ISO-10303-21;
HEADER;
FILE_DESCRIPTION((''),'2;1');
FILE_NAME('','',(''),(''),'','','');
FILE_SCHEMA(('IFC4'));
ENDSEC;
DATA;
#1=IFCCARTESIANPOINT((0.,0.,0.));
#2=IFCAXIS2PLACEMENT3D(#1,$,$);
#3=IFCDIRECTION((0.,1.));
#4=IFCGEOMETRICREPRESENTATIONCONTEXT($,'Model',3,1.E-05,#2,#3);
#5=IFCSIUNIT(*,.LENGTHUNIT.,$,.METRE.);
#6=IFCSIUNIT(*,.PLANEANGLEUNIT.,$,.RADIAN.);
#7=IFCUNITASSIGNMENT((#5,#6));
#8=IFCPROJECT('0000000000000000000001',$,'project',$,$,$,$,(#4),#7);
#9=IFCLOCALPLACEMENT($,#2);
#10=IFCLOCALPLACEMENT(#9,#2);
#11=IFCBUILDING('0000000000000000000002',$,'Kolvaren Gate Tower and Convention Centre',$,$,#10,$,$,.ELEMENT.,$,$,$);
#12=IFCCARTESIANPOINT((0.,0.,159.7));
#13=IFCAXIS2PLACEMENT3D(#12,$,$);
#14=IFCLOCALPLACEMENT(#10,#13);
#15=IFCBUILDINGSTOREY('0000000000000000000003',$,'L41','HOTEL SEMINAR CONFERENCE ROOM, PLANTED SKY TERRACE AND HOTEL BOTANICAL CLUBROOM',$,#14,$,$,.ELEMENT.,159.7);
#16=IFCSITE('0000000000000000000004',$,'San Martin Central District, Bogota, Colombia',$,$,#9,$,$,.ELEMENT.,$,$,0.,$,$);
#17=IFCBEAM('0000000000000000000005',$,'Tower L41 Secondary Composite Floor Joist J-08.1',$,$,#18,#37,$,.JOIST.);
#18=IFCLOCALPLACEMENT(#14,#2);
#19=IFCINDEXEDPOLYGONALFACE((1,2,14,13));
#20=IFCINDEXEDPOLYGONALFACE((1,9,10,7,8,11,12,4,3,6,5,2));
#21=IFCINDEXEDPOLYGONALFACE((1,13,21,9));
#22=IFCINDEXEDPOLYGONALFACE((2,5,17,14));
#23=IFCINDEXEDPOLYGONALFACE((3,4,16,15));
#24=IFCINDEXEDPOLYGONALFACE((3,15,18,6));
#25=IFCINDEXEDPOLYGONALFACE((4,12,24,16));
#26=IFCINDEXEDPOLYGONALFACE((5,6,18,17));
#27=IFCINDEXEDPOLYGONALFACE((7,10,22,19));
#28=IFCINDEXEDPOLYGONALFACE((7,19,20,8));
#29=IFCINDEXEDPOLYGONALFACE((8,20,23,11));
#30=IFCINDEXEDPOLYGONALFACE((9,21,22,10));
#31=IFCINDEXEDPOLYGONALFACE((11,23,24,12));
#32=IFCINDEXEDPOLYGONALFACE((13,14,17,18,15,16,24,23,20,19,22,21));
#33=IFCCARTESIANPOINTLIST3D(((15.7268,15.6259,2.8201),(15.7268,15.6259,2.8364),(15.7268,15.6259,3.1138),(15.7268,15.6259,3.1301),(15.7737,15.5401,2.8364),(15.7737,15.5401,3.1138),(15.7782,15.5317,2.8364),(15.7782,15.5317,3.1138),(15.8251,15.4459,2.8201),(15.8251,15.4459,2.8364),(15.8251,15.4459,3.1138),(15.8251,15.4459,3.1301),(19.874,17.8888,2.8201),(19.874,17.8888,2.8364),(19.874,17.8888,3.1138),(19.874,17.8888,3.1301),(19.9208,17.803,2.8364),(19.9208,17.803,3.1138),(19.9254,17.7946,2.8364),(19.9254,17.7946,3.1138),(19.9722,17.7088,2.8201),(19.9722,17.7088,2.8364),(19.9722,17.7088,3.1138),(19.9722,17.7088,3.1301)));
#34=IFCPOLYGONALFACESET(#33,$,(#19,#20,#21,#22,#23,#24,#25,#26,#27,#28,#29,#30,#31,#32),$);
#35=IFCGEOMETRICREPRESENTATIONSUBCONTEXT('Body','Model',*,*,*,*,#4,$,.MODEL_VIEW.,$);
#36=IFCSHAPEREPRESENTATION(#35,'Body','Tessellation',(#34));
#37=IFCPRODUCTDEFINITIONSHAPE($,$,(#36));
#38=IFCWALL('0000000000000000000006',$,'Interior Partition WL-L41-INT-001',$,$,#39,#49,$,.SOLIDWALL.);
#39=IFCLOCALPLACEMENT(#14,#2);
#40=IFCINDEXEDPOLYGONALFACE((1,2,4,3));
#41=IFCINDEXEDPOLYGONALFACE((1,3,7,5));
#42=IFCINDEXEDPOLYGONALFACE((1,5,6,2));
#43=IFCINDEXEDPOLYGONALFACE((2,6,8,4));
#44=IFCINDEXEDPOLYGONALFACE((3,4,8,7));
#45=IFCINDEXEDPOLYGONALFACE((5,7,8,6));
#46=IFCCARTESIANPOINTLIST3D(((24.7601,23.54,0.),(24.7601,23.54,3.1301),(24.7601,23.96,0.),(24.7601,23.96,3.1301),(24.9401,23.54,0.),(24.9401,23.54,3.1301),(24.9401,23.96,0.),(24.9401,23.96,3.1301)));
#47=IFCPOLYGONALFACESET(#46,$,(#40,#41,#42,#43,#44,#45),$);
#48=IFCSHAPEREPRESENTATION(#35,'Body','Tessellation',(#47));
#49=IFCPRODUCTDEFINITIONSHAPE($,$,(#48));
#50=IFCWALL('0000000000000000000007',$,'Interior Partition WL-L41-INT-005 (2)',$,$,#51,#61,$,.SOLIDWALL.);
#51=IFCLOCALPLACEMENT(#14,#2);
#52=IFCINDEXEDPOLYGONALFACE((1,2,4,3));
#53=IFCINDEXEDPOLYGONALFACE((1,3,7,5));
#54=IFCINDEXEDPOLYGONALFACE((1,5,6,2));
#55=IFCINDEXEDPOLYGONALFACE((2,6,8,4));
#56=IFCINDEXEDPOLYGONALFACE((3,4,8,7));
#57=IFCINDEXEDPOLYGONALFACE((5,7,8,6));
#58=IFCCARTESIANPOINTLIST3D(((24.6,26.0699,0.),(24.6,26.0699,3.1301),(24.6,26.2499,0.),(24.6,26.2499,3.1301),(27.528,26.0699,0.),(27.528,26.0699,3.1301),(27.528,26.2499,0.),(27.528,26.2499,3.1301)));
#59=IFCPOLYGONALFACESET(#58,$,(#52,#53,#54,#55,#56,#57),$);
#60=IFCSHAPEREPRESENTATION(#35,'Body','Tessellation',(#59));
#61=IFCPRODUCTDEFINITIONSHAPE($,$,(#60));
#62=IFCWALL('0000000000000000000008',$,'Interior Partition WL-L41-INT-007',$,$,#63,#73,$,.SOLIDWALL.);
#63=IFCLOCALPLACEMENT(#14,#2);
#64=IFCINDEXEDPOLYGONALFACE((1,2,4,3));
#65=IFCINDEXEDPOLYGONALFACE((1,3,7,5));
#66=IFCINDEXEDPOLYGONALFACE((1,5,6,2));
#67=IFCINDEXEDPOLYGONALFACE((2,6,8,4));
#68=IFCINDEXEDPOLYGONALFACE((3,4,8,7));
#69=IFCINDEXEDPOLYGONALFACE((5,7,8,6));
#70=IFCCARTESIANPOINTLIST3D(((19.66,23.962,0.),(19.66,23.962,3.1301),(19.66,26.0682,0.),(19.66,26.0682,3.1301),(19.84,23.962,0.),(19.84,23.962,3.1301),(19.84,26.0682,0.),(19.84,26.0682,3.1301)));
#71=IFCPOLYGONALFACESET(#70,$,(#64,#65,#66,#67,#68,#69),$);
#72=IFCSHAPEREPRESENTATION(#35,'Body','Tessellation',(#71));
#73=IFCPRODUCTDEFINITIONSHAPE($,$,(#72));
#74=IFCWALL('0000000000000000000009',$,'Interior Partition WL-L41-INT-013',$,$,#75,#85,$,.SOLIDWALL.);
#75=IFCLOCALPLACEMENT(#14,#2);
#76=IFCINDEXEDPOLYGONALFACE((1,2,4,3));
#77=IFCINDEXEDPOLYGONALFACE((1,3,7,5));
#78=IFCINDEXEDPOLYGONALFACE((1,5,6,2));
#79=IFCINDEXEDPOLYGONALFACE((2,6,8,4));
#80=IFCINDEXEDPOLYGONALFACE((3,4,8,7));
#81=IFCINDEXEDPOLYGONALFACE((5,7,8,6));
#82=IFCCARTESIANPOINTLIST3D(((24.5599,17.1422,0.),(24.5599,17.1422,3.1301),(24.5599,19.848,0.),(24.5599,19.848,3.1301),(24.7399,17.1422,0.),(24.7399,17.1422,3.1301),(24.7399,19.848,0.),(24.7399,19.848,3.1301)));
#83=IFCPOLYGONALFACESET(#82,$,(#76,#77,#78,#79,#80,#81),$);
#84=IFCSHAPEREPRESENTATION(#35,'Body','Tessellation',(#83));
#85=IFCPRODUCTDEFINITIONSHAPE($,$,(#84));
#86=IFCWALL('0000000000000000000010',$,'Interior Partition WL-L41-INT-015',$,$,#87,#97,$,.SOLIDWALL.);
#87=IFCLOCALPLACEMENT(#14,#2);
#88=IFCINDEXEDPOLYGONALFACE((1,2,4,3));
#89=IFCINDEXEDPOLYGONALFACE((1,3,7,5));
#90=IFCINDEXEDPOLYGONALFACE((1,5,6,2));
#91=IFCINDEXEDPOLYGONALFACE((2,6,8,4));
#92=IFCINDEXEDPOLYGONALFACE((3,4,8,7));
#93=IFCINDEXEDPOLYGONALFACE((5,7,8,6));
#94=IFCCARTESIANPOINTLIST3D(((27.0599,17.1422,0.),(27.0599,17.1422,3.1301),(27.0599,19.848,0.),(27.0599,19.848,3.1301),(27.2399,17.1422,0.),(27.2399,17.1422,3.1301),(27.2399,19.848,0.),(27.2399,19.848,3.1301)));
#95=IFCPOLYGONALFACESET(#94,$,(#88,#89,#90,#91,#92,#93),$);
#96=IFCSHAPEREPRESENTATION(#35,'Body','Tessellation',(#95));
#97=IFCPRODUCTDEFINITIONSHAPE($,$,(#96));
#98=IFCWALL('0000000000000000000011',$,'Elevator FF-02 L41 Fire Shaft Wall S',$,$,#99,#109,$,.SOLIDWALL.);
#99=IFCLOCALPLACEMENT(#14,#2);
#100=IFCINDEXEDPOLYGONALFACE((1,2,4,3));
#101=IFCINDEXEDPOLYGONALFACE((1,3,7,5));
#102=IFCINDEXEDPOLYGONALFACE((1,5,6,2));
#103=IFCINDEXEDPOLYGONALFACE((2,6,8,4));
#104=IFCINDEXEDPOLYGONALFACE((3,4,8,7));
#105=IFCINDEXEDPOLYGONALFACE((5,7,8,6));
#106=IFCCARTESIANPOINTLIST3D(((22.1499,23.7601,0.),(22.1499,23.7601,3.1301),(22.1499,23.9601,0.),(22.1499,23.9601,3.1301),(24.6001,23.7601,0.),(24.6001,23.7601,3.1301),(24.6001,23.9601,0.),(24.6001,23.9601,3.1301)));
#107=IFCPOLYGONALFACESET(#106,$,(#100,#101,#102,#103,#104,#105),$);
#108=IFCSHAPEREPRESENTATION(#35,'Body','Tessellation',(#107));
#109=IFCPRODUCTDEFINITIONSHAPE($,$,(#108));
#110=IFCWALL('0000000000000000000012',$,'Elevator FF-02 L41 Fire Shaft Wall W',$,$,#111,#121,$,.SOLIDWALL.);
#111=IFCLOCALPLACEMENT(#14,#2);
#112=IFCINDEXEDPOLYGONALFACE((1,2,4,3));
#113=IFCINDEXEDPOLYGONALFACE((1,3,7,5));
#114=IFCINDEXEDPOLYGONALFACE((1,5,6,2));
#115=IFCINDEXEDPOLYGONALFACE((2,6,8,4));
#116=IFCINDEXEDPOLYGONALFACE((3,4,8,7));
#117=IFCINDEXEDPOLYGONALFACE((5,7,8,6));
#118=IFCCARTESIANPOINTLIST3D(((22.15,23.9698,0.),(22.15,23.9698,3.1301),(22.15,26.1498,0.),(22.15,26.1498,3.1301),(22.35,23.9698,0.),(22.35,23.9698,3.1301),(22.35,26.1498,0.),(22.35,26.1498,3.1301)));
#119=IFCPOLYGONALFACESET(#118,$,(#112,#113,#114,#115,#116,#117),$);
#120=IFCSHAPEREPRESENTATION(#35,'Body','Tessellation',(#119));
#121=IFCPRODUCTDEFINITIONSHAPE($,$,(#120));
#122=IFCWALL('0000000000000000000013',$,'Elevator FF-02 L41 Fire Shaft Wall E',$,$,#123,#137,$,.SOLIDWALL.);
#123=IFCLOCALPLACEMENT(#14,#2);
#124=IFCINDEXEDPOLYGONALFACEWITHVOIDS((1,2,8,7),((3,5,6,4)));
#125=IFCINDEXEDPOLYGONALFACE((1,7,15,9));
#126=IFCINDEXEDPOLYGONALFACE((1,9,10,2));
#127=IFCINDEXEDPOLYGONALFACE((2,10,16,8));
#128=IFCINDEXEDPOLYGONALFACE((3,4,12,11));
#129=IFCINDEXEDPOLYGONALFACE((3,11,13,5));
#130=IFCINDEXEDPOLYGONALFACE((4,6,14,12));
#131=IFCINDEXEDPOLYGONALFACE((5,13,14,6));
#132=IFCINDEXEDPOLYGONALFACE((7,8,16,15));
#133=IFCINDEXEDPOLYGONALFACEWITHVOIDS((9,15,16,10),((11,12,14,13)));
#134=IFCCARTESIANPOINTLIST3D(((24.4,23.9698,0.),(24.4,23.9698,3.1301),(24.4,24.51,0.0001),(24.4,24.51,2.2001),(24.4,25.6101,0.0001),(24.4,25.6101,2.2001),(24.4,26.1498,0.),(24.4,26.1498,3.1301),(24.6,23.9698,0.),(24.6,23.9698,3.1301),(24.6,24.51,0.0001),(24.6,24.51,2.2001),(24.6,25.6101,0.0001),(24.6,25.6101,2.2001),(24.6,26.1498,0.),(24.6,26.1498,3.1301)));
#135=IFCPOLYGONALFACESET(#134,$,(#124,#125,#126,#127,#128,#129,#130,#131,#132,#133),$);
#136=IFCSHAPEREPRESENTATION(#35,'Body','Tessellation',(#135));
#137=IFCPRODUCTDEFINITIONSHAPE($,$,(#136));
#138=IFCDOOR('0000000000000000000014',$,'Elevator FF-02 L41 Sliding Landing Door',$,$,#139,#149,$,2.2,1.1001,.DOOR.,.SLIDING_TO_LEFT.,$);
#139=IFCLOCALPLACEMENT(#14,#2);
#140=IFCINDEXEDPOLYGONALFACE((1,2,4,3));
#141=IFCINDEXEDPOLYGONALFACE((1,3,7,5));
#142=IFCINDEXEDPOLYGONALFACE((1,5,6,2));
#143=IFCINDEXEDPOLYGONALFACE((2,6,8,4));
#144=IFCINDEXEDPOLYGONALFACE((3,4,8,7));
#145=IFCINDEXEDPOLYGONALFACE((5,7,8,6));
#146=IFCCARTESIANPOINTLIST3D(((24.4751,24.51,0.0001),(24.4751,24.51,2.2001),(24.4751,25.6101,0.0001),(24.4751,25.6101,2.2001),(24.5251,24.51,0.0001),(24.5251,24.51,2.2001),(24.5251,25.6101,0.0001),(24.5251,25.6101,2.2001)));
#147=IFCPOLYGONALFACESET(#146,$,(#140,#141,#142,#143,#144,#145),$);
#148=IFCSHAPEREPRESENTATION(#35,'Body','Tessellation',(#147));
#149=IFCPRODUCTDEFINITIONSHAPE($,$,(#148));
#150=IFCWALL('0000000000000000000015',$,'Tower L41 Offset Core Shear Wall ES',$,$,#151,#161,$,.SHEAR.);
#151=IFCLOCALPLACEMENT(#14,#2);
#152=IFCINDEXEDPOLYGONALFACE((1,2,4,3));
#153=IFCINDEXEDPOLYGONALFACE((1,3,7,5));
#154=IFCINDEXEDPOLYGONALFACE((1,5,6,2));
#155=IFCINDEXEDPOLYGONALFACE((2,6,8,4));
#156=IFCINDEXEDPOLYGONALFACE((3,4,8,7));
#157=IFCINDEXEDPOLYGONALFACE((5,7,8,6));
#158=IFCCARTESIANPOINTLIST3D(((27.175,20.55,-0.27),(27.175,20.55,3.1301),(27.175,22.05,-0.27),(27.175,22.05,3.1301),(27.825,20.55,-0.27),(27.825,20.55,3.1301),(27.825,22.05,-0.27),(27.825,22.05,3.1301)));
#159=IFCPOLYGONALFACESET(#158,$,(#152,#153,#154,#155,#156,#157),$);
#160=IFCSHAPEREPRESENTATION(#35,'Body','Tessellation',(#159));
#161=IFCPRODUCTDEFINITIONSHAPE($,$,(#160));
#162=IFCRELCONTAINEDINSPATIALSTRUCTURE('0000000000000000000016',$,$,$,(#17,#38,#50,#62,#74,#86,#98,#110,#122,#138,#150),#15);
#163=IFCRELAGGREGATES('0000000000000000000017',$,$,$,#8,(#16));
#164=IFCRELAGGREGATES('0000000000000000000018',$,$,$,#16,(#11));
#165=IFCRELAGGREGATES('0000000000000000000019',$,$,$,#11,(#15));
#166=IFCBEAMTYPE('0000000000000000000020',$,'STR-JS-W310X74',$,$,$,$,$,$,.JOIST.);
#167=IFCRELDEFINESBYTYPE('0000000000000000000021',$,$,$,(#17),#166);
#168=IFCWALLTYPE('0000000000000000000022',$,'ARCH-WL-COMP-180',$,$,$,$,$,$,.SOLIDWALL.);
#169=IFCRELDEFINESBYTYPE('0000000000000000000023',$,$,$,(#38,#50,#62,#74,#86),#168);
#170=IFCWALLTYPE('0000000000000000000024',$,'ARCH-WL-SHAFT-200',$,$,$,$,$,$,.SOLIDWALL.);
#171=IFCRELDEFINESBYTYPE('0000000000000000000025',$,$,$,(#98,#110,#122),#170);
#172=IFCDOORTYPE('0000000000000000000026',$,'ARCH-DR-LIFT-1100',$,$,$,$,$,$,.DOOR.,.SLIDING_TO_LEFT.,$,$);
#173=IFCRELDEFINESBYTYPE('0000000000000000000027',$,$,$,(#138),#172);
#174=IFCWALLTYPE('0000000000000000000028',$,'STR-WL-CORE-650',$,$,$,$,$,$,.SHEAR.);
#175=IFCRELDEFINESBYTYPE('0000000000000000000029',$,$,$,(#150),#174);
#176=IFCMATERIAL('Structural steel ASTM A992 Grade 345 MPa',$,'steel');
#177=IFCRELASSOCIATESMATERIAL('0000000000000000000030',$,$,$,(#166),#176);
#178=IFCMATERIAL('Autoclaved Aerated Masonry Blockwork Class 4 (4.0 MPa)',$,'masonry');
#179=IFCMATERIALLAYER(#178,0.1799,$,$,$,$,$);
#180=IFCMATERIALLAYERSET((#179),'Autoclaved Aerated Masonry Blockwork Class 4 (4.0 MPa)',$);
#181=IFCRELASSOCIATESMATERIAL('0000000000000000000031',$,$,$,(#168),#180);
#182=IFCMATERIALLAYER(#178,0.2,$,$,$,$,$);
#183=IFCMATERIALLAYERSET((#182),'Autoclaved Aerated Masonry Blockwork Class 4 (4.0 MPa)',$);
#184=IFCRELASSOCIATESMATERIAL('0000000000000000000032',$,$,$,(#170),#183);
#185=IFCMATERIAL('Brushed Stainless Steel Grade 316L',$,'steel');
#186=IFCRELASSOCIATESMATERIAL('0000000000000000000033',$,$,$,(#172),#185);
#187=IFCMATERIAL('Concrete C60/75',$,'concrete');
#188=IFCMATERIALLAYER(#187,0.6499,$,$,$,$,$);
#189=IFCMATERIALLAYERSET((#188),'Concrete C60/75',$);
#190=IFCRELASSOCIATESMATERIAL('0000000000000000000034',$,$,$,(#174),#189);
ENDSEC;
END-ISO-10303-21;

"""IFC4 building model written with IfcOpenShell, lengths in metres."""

from ifc_helpers import new_model, si_unit, direction, frame, frame_2d, origin, origin_2d, place, context, subcontext, project, spatial, rectangle, i_section, extrude, material, layer, layer_set, material_profile, profile_set, type_object, element, fill, save


model = new_model("IFC4")

# Units and contexts
model_context = context("Model", 3, precision=1e-05, world=origin(), true_north=direction((0.0, 1.0)))
body_context = subcontext(model_context, "Body", "Model", "MODEL_VIEW")
ifc_project = project(units=[si_unit("LENGTHUNIT", "METRE"), si_unit("PLANEANGLEUNIT", "RADIAN")], contexts=[model_context])

# Site, building, storey
site_placement = place(None, origin())
site = spatial("IfcSite", under=ifc_project, at=site_placement, Name="San Martin Central District, Bogota, Colombia", CompositionType="ELEMENT", RefElevation=0.0)
building_placement = place(site_placement, origin())
building = spatial("IfcBuilding", under=site, at=building_placement, Name="Kolvaren Gate Tower and Convention Centre", CompositionType="ELEMENT")
storey_placement = place(building_placement, frame((0.0, 0.0, 159.7)))
storey = spatial("IfcBuildingStorey", under=building, at=storey_placement, Name="L41", Description="HOTEL SEMINAR CONFERENCE ROOM, PLANTED SKY TERRACE AND HOTEL BOTANICAL CLUBROOM", CompositionType="ELEMENT", Elevation=159.7)

# Beam
ifc_material_1 = material(Name="Structural steel ASTM A992 Grade 345 MPa", Category="steel")
ifc_material_profile = material_profile(ifc_material_1, i_section(OverallWidth=0.2051, OverallDepth=0.3101, WebThickness=0.0095, FlangeThickness=0.0164, at=origin_2d()), Name="W310X74")
ifc_profile_set = profile_set([ifc_material_profile], Name="Structural steel ASTM A992 Grade 345 MPa")
beam_type = type_object("IfcBeamType", Name="STR-JS-W310X74", PredefinedType="JOIST", material=ifc_profile_set)
beam_placement = place(storey_placement, frame((19.9231, 17.7988, 2.9751), z_axis=(-0.877822, -0.478986, 0.0), x_axis=(0.478986, -0.877822, 0.0)))
element("IfcBeam", 1, at=beam_placement, inside=storey, type_object=beam_type, Name="Tower L41 Secondary Composite Floor Joist J-08.1", PredefinedType="JOIST", context=body_context, shape_type="SweptSolid", body=[
    extrude(i_section(OverallWidth=0.2051, OverallDepth=0.3101, WebThickness=0.0095, FlangeThickness=0.0164, at=origin_2d()), origin(), (0.0, 0.0, 1.0), 4.7244),
])

# Walls
ifc_material_2 = material(Name="Autoclaved Aerated Masonry Blockwork Class 4 (4.0 MPa)", Category="masonry")
ifc_layer_1 = layer(ifc_material_2, 0.1799)
ifc_layer_set_1 = layer_set([ifc_layer_1], Name="Autoclaved Aerated Masonry Blockwork Class 4 (4.0 MPa)")
wall_type_1 = type_object("IfcWallType", Name="ARCH-WL-COMP-180", PredefinedType="SOLIDWALL", material=ifc_layer_set_1)
wall_1_placement = place(storey_placement, frame((24.8501, 23.54, 0.0), z_axis=(0.0, 0.0, 1.0), x_axis=(0.0, 1.0, 0.0)))
element("IfcWall", 2, at=wall_1_placement, inside=storey, type_object=wall_type_1, Name="Interior Partition WL-L41-INT-001", PredefinedType="SOLIDWALL", context=body_context, shape_type="SweptSolid", body=[
    extrude(rectangle(XDim=0.4199, YDim=0.1799, at=frame_2d((0.21, 0.0))), origin(), (0.0, 0.0, 1.0), 3.1301),
])
wall_2_placement = place(storey_placement, frame((24.6001, 26.1599, 0.0), z_axis=(0.0, 0.0, 1.0), x_axis=(1.0, 0.0, 0.0)))
element("IfcWall", 3, at=wall_2_placement, inside=storey, type_object=wall_type_1, Name="Interior Partition WL-L41-INT-005 (2)", PredefinedType="SOLIDWALL", context=body_context, shape_type="SweptSolid", body=[
    extrude(rectangle(XDim=2.928, YDim=0.1799, at=frame_2d((1.4639, 0.0))), origin(), (0.0, 0.0, 1.0), 3.1301),
])
wall_3_placement = place(storey_placement, frame((19.75, 23.9619, 0.0), z_axis=(0.0, 0.0, 1.0), x_axis=(0.0, 1.0, 0.0)))
element("IfcWall", 4, at=wall_3_placement, inside=storey, type_object=wall_type_1, Name="Interior Partition WL-L41-INT-007", PredefinedType="SOLIDWALL", context=body_context, shape_type="SweptSolid", body=[
    extrude(rectangle(XDim=2.1062, YDim=0.1799, at=frame_2d((1.0532, 0.0))), origin(), (0.0, 0.0, 1.0), 3.1301),
])
for number, where, z_axis, x_axis, name in (
    (5, (24.6499, 17.1421, 0.0), (0.0, 0.0, 1.0), (0.0, 1.0, 0.0), "Interior Partition WL-L41-INT-013"),
    (6, (27.1499, 17.1421, 0.0), (0.0, 0.0, 1.0), (0.0, 1.0, 0.0), "Interior Partition WL-L41-INT-015"),
):
    element("IfcWall", number, at=place(storey_placement, frame(where, z_axis=z_axis, x_axis=x_axis)), inside=storey, type_object=wall_type_1, Name=name, PredefinedType="SOLIDWALL", context=body_context, shape_type="SweptSolid", body=[
        extrude(rectangle(XDim=2.7058, YDim=0.1799, at=frame_2d((1.353, 0.0))), origin(), (0.0, 0.0, 1.0), 3.1301),
    ])
ifc_layer_2 = layer(ifc_material_2, 0.2)
ifc_layer_set_2 = layer_set([ifc_layer_2], Name="Autoclaved Aerated Masonry Blockwork Class 4 (4.0 MPa)")
wall_type_2 = type_object("IfcWallType", Name="ARCH-WL-SHAFT-200", PredefinedType="SOLIDWALL", material=ifc_layer_set_2)
wall_4_placement = place(storey_placement, frame((22.1499, 23.8601, 0.0), z_axis=(0.0, 0.0, 1.0), x_axis=(1.0, 0.0, 0.0)))
element("IfcWall", 7, at=wall_4_placement, inside=storey, type_object=wall_type_2, Name="Elevator FF-02 L41 Fire Shaft Wall S", PredefinedType="SOLIDWALL", context=body_context, shape_type="SweptSolid", body=[
    extrude(rectangle(XDim=2.4502, YDim=0.2, at=frame_2d((1.2251, 0.0))), origin(), (0.0, 0.0, 1.0), 3.1301),
])
wall_5_placement = place(storey_placement, frame((22.25, 23.97, 0.0), z_axis=(0.0, 0.0, 1.0), x_axis=(0.0, 1.0, 0.0)))
element("IfcWall", 8, at=wall_5_placement, inside=storey, type_object=wall_type_2, Name="Elevator FF-02 L41 Fire Shaft Wall W", PredefinedType="SOLIDWALL", context=body_context, shape_type="SweptSolid", body=[
    extrude(rectangle(XDim=2.1799, YDim=0.2, at=frame_2d((1.0898, 0.0))), origin(), (0.0, 0.0, 1.0), 3.1301),
])

# Wall, opening, door
wall_6_placement = place(storey_placement, frame((24.5, 23.97, 0.0), z_axis=(0.0, 0.0, 1.0), x_axis=(0.0, 1.0, 0.0)))
wall_6 = element("IfcWall", 9, at=wall_6_placement, inside=storey, type_object=wall_type_2, Name="Elevator FF-02 L41 Fire Shaft Wall E", PredefinedType="SOLIDWALL", context=body_context, shape_type="SweptSolid", body=[
    extrude(rectangle(XDim=2.1799, YDim=0.2, at=frame_2d((1.0898, 0.0))), origin(), (0.0, 0.0, 1.0), 3.1301),
])
opening_1_placement = place(wall_6_placement, frame((0.54, 0.0, 0.0)))
opening_1 = element("IfcOpeningElement", 10, at=opening_1_placement, cuts=wall_6, PredefinedType="OPENING", context=body_context, shape_type="SweptSolid", body=[
    extrude(rectangle(XDim=1.1001, YDim=2.2, at=frame_2d((0.55, 1.1001))), frame((0.0, 0.1099, 0.0), z_axis=(0.0, -1.0, 0.0), x_axis=(1.0, 0.0, 0.0)), (0.0, 0.0, 1.0), 0.22),
])
ifc_material_3 = material(Name="Brushed Stainless Steel Grade 316L", Category="steel")
door_type_1 = type_object("IfcDoorType", Name="ARCH-DR-LIFT-1100", OperationType="SLIDING_TO_LEFT", PredefinedType="DOOR", material=ifc_material_3)
door_1_placement = place(opening_1_placement, origin())
door_1 = element("IfcDoor", 11, at=door_1_placement, inside=storey, type_object=door_type_1, Name="Elevator FF-02 L41 Sliding Landing Door", OperationType="SLIDING_TO_LEFT", OverallHeight=2.2, OverallWidth=1.1001, PredefinedType="DOOR", context=body_context, shape_type="SweptSolid", body=[
    extrude(rectangle(XDim=1.1001, YDim=2.2, at=frame_2d((0.55, 1.1001))), frame((0.0, 0.0249, 0.0), z_axis=(0.0, -1.0, 0.0), x_axis=(1.0, 0.0, 0.0)), (0.0, 0.0, 1.0), 0.05),
])
fill(opening_1, door_1)

# Wall
ifc_material_4 = material(Name="Concrete C60/75", Category="concrete")
ifc_layer_3 = layer(ifc_material_4, 0.6499)
ifc_layer_set_3 = layer_set([ifc_layer_3], Name="Concrete C60/75")
wall_type_3 = type_object("IfcWallType", Name="STR-WL-CORE-650", PredefinedType="SHEAR", material=ifc_layer_set_3)
wall_7_placement = place(storey_placement, frame((27.5, 20.55, -0.27), z_axis=(0.0, 0.0, 1.0), x_axis=(0.0, 1.0, 0.0)))
element("IfcWall", 12, at=wall_7_placement, inside=storey, type_object=wall_type_3, Name="Tower L41 Offset Core Shear Wall ES", PredefinedType="SHEAR", context=body_context, shape_type="SweptSolid", body=[
    extrude(rectangle(XDim=1.5, YDim=0.6499, at=frame_2d((0.75, 0.0))), origin(), (0.0, 0.0, 1.0), 3.4001),
])

save(model, "model.ifc")
